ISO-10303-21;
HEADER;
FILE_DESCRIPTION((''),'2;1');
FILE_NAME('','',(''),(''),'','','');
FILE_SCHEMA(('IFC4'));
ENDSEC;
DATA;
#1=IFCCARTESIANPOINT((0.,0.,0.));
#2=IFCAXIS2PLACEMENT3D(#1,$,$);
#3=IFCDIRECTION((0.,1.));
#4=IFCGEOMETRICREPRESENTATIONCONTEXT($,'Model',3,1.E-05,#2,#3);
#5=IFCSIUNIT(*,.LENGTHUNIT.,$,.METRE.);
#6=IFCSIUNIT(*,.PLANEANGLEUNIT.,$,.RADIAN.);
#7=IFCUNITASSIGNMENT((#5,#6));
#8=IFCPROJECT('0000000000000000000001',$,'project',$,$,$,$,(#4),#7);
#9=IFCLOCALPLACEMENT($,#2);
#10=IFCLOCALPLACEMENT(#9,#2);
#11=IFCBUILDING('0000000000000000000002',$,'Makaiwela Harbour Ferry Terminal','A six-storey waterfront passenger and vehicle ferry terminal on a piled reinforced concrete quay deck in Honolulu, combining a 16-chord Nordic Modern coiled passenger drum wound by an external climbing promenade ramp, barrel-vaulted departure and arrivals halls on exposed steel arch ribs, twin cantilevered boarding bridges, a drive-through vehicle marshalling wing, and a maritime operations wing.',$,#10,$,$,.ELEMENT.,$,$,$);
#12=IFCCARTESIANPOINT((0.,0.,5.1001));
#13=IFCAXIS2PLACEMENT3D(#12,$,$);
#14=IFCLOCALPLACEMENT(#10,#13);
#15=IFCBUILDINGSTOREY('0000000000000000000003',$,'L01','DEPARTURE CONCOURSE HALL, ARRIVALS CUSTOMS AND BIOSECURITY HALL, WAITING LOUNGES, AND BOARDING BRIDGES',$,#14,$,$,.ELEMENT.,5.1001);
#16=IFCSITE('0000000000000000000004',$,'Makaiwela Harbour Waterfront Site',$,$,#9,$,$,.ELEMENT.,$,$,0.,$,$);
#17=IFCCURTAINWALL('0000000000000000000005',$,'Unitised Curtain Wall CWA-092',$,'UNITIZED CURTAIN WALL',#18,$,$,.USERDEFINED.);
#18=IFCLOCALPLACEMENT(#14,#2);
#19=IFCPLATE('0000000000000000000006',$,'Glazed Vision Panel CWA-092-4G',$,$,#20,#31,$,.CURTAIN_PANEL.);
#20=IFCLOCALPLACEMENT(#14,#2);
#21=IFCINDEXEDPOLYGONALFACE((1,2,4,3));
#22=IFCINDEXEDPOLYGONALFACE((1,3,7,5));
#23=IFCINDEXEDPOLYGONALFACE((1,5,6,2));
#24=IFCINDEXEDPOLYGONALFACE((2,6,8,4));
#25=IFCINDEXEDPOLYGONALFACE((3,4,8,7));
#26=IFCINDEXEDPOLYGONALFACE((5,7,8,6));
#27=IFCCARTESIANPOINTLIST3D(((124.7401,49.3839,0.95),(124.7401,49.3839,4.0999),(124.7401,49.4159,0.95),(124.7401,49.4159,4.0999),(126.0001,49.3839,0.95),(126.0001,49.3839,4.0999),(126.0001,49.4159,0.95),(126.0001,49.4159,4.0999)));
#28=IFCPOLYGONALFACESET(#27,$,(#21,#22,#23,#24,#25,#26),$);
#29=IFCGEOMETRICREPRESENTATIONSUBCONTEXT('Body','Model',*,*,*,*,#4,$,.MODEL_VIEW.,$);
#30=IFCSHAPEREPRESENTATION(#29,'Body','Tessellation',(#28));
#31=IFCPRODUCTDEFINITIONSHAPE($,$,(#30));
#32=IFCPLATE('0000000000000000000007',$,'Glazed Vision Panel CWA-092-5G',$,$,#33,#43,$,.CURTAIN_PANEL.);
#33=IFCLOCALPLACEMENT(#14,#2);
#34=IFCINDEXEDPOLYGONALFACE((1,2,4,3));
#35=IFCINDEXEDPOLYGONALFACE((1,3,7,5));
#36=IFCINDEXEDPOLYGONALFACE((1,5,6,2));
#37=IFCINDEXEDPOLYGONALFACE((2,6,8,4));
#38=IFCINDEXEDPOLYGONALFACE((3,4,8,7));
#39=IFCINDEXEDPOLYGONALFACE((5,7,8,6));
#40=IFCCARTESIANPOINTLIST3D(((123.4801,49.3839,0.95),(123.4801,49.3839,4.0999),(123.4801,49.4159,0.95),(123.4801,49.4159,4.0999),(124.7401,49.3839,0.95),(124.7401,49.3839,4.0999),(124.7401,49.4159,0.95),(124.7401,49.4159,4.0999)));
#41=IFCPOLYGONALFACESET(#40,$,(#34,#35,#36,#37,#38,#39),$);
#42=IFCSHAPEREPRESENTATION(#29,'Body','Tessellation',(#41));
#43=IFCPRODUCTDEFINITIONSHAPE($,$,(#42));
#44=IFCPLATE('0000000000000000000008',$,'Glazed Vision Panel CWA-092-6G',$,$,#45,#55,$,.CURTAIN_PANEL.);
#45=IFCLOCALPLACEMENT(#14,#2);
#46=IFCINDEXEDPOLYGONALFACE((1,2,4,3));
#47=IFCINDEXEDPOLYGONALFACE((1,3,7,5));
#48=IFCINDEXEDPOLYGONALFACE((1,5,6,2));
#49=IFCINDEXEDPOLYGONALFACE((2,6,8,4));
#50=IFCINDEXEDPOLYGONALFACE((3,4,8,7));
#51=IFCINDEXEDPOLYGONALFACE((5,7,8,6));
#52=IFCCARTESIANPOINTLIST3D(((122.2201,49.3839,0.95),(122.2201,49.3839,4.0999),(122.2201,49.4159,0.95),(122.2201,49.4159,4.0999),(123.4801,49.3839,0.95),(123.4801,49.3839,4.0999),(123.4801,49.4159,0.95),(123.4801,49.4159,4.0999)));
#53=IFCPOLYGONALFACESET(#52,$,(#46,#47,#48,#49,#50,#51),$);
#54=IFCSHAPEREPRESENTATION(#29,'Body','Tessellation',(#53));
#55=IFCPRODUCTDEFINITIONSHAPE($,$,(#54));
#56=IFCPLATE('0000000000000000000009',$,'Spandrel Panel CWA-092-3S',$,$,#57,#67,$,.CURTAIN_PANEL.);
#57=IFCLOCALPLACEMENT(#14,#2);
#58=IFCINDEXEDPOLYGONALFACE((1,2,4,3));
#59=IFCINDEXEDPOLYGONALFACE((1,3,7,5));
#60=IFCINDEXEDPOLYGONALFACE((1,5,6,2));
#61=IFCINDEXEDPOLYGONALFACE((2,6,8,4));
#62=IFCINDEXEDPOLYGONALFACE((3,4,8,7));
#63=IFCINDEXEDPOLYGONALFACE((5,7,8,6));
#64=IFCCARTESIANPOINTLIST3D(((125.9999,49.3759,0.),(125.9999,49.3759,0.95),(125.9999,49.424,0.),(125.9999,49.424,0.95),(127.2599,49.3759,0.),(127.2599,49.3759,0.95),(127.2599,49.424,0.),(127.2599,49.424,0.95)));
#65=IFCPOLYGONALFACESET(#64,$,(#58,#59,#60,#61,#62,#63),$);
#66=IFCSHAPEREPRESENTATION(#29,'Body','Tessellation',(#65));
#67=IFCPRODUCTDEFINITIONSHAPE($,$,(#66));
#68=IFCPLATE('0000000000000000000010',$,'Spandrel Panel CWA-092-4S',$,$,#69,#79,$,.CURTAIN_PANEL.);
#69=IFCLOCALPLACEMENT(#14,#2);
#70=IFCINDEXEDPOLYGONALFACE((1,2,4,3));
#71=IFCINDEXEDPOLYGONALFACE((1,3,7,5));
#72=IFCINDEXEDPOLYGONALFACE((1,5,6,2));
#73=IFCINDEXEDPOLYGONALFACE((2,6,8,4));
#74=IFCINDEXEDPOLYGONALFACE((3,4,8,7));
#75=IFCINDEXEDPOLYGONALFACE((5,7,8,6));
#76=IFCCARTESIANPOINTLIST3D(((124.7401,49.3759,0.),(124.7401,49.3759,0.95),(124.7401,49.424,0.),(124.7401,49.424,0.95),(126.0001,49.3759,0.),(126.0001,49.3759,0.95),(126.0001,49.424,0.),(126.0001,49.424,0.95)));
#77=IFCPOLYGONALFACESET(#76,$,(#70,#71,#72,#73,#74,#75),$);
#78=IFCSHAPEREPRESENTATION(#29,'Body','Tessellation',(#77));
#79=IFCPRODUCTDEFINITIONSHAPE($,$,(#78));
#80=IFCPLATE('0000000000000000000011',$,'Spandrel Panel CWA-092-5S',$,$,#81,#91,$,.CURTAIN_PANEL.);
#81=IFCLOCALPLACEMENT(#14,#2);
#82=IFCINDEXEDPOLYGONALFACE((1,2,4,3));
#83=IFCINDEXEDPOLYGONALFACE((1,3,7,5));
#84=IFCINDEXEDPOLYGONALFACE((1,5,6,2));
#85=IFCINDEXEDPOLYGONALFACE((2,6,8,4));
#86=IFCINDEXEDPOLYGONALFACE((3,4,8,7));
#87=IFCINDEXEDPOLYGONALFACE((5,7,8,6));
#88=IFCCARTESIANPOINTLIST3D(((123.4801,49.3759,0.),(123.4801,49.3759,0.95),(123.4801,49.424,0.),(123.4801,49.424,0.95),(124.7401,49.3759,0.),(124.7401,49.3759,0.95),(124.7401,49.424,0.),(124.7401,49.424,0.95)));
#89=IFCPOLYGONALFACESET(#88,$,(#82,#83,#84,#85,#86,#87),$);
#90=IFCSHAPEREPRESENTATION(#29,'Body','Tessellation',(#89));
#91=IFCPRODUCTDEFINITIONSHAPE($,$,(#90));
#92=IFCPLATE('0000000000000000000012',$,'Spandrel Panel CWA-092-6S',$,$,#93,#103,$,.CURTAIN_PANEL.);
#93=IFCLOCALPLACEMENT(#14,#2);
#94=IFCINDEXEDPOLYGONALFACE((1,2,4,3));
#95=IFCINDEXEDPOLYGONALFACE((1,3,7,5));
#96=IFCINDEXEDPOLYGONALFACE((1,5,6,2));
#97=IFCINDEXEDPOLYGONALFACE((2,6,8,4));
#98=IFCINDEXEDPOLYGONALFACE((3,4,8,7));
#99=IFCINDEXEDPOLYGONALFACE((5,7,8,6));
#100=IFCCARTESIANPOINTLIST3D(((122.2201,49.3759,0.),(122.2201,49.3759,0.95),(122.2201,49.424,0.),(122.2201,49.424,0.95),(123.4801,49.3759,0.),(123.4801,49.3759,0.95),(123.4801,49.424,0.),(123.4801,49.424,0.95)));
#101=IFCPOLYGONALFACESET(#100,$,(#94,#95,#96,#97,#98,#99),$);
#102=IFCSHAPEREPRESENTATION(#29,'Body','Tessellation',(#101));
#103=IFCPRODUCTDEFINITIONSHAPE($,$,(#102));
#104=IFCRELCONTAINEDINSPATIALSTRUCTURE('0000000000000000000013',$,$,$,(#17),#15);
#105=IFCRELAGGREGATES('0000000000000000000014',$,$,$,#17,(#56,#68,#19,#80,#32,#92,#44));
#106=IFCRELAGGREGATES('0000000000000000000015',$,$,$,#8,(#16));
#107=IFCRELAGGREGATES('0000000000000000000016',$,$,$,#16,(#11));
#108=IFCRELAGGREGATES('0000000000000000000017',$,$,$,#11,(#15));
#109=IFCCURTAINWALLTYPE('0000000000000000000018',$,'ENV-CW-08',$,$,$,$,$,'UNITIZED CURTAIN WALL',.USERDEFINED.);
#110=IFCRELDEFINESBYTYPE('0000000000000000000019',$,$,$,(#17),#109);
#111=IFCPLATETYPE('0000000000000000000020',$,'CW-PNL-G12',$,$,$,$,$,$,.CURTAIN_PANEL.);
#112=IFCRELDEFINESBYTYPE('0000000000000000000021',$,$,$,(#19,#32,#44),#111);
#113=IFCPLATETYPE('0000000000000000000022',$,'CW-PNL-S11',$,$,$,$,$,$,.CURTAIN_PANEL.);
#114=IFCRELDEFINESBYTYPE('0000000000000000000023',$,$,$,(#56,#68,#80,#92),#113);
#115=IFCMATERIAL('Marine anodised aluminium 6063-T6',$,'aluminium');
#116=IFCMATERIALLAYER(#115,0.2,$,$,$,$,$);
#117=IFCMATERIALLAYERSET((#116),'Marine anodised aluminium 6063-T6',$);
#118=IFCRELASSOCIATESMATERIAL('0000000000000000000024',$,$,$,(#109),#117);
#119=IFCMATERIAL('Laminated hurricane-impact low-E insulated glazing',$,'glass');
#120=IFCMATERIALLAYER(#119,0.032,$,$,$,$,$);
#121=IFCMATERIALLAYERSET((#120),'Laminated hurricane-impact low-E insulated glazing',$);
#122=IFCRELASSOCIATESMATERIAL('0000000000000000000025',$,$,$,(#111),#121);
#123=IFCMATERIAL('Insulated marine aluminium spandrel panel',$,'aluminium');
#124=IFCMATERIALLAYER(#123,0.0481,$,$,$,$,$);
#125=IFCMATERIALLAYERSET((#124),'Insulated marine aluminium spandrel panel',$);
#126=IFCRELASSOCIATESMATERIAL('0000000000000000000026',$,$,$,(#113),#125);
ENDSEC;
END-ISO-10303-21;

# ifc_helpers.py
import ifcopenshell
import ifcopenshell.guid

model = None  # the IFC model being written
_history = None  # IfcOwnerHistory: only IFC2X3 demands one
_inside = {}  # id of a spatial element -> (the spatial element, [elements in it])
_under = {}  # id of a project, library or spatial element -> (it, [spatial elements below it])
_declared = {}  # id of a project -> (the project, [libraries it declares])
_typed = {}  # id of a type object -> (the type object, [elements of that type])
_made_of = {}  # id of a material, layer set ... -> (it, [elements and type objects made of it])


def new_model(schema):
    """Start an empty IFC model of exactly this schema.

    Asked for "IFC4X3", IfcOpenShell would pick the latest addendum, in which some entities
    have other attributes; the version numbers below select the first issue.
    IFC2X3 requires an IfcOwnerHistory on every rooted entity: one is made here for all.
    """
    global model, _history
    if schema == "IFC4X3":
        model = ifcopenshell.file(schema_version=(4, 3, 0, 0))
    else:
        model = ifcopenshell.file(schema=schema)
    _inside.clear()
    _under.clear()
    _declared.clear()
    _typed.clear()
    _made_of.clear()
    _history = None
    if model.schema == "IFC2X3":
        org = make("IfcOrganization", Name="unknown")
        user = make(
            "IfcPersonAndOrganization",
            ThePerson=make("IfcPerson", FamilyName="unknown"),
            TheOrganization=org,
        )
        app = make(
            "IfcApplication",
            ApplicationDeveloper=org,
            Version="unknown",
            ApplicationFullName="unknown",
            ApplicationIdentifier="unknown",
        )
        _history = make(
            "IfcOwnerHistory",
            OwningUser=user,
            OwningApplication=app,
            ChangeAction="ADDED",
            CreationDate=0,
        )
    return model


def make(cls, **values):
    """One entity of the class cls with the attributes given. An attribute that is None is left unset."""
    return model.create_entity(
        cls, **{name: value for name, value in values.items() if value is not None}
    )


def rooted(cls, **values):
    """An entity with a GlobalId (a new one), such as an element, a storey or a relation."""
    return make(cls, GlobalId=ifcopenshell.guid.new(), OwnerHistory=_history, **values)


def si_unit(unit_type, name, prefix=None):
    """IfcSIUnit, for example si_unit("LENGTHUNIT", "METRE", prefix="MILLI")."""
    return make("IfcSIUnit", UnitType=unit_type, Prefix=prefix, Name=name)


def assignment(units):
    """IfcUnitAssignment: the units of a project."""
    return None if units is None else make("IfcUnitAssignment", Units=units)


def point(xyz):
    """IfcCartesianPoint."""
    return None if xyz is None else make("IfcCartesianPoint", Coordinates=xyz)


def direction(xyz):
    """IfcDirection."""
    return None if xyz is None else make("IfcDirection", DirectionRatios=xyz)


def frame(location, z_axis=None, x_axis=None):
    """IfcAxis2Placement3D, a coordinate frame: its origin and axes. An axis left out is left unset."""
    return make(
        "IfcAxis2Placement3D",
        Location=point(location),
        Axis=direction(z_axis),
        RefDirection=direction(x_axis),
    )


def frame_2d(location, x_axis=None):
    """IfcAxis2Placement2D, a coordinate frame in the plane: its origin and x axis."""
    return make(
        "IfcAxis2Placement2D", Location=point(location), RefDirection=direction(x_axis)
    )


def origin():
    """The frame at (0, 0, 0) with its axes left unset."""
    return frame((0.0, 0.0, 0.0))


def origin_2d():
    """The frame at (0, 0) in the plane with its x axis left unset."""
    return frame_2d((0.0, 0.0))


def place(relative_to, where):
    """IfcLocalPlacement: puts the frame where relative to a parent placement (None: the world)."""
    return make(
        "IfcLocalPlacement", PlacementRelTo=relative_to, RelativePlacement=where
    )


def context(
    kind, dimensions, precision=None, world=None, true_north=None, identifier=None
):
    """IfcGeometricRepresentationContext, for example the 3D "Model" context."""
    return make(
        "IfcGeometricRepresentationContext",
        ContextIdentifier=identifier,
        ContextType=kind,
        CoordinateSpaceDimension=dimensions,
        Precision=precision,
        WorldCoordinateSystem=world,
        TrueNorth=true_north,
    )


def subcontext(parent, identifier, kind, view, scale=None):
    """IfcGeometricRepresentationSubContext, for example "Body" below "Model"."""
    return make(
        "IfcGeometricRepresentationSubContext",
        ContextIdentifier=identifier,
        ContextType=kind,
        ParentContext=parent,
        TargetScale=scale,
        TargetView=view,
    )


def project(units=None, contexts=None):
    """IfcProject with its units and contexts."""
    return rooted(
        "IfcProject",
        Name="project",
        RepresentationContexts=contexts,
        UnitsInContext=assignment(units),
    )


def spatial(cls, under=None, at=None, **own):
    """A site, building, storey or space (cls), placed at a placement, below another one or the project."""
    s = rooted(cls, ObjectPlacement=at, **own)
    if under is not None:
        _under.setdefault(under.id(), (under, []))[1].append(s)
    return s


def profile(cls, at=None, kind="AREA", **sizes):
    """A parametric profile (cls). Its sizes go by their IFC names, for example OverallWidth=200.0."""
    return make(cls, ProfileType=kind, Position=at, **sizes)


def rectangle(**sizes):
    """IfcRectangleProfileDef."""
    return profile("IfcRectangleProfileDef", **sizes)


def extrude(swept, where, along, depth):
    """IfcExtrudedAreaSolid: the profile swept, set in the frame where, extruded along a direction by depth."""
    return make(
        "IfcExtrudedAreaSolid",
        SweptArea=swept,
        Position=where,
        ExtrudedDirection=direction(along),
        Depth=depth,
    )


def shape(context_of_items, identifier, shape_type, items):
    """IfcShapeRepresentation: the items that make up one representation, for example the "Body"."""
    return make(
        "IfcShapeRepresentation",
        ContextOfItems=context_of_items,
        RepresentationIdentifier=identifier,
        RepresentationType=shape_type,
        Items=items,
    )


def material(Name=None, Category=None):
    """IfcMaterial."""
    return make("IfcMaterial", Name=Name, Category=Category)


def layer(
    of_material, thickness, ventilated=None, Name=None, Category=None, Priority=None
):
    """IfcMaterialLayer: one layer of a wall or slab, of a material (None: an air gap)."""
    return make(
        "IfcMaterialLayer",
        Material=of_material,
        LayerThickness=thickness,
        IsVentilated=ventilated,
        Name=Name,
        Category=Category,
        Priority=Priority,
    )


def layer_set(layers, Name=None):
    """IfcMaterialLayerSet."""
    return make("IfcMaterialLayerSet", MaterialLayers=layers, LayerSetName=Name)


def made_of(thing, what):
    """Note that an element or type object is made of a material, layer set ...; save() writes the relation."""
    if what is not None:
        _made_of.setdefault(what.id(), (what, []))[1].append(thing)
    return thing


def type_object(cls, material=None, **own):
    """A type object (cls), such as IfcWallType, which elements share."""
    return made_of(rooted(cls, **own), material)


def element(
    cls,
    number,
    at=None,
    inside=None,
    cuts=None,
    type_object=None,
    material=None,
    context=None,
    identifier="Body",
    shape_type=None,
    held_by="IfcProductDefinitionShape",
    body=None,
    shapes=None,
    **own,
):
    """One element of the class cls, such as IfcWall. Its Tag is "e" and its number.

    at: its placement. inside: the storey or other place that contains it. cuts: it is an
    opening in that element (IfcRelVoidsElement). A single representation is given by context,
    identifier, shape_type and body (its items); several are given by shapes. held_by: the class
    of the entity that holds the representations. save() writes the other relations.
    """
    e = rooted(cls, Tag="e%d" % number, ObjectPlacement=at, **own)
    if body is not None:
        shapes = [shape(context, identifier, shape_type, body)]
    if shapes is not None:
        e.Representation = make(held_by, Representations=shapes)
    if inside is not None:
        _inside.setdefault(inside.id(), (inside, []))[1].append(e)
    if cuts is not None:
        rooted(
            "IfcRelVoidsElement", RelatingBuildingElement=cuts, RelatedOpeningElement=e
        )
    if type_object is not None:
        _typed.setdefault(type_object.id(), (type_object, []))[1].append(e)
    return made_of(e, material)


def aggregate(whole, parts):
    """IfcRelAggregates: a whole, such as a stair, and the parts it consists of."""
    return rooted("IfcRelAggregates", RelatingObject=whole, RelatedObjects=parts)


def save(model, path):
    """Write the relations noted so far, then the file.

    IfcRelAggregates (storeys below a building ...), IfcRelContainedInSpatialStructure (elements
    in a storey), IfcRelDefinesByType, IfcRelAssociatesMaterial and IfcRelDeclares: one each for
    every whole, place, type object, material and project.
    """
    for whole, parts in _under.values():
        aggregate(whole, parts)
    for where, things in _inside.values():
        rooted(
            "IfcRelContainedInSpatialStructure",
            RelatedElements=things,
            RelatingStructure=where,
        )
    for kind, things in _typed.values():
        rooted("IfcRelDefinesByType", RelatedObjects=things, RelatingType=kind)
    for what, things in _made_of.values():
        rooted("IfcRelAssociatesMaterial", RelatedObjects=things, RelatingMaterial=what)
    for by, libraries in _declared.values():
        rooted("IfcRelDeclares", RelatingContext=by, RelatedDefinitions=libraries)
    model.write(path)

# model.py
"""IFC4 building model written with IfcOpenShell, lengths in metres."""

from ifc_helpers import new_model, si_unit, direction, frame, origin, origin_2d, place, context, subcontext, project, spatial, rectangle, extrude, material, layer, layer_set, type_object, element, aggregate, save


model = new_model("IFC4")

# Units and contexts
model_context = context("Model", 3, precision=1e-05, world=origin(), true_north=direction((0.0, 1.0)))
body_context = subcontext(model_context, "Body", "Model", "MODEL_VIEW")
ifc_project = project(units=[si_unit("LENGTHUNIT", "METRE"), si_unit("PLANEANGLEUNIT", "RADIAN")], contexts=[model_context])

# Site, building, storey
site_placement = place(None, origin())
site = spatial("IfcSite", under=ifc_project, at=site_placement, Name="Makaiwela Harbour Waterfront Site", CompositionType="ELEMENT", RefElevation=0.0)
building_placement = place(site_placement, origin())
building = spatial("IfcBuilding", under=site, at=building_placement, Name="Makaiwela Harbour Ferry Terminal", Description="A six-storey waterfront passenger and vehicle ferry terminal on a piled reinforced concrete quay deck in Honolulu, combining a 16-chord Nordic Modern coiled passenger drum wound by an external climbing promenade ramp, barrel-vaulted departure and arrivals halls on exposed steel arch ribs, twin cantilevered boarding bridges, a drive-through vehicle marshalling wing, and a maritime operations wing.", CompositionType="ELEMENT")
storey_placement = place(building_placement, frame((0.0, 0.0, 5.1001)))
storey = spatial("IfcBuildingStorey", under=building, at=storey_placement, Name="L01", Description="DEPARTURE CONCOURSE HALL, ARRIVALS CUSTOMS AND BIOSECURITY HALL, WAITING LOUNGES, AND BOARDING BRIDGES", CompositionType="ELEMENT", Elevation=5.1001)

# Curtain wall
ifc_material_1 = material(Name="Marine anodised aluminium 6063-T6", Category="aluminium")
ifc_layer_1 = layer(ifc_material_1, 0.2)
ifc_layer_set_1 = layer_set([ifc_layer_1], Name="Marine anodised aluminium 6063-T6")
curtain_wall_type = type_object("IfcCurtainWallType", Name="ENV-CW-08", ElementType="UNITIZED CURTAIN WALL", PredefinedType="USERDEFINED", material=ifc_layer_set_1)
curtain_wall_placement = place(storey_placement, origin())
curtain_wall = element("IfcCurtainWall", 1, at=curtain_wall_placement, inside=storey, type_object=curtain_wall_type, Name="Unitised Curtain Wall CWA-092", ObjectType="UNITIZED CURTAIN WALL", PredefinedType="USERDEFINED")

# Plates
ifc_material_2 = material(Name="Laminated hurricane-impact low-E insulated glazing", Category="glass")
ifc_layer_2 = layer(ifc_material_2, 0.032)
ifc_layer_set_2 = layer_set([ifc_layer_2], Name="Laminated hurricane-impact low-E insulated glazing")
plate_type_1 = type_object("IfcPlateType", Name="CW-PNL-G12", PredefinedType="CURTAIN_PANEL", material=ifc_layer_set_2)
plate_1_placement = place(storey_placement, frame((125.3701, 49.3999, 0.95), z_axis=(0.0, 0.0, 1.0), x_axis=(-1.0, 0.0, 0.0)))
plate_1 = element("IfcPlate", 2, at=plate_1_placement, type_object=plate_type_1, Name="Glazed Vision Panel CWA-092-4G", PredefinedType="CURTAIN_PANEL", context=body_context, shape_type="SweptSolid", body=[
    extrude(rectangle(XDim=1.26, YDim=0.032, at=origin_2d()), origin(), (0.0, 0.0, 1.0), 3.1499),
])
plate_2_placement = place(storey_placement, frame((124.1101, 49.3999, 0.95), z_axis=(0.0, 0.0, 1.0), x_axis=(-1.0, 0.0, 0.0)))
plate_2 = element("IfcPlate", 3, at=plate_2_placement, type_object=plate_type_1, Name="Glazed Vision Panel CWA-092-5G", PredefinedType="CURTAIN_PANEL", context=body_context, shape_type="SweptSolid", body=[
    extrude(rectangle(XDim=1.26, YDim=0.032, at=origin_2d()), origin(), (0.0, 0.0, 1.0), 3.1499),
])
plate_3_placement = place(storey_placement, frame((122.8501, 49.3999, 0.95), z_axis=(0.0, 0.0, 1.0), x_axis=(-1.0, 0.0, 0.0)))
plate_3 = element("IfcPlate", 4, at=plate_3_placement, type_object=plate_type_1, Name="Glazed Vision Panel CWA-092-6G", PredefinedType="CURTAIN_PANEL", context=body_context, shape_type="SweptSolid", body=[
    extrude(rectangle(XDim=1.26, YDim=0.032, at=origin_2d()), origin(), (0.0, 0.0, 1.0), 3.1499),
])
ifc_material_3 = material(Name="Insulated marine aluminium spandrel panel", Category="aluminium")
ifc_layer_3 = layer(ifc_material_3, 0.0481)
ifc_layer_set_3 = layer_set([ifc_layer_3], Name="Insulated marine aluminium spandrel panel")
plate_type_2 = type_object("IfcPlateType", Name="CW-PNL-S11", PredefinedType="CURTAIN_PANEL", material=ifc_layer_set_3)
plate_4_placement = place(storey_placement, frame((126.6299, 49.3999, 0.0), z_axis=(0.0, 0.0, 1.0), x_axis=(-1.0, 0.0, 0.0)))
plate_4 = element("IfcPlate", 5, at=plate_4_placement, type_object=plate_type_2, Name="Spandrel Panel CWA-092-3S", PredefinedType="CURTAIN_PANEL", context=body_context, shape_type="SweptSolid", body=[
    extrude(rectangle(XDim=1.26, YDim=0.0481, at=origin_2d()), origin(), (0.0, 0.0, 1.0), 0.95),
])
plate_5_placement = place(storey_placement, frame((125.3701, 49.3999, 0.0), z_axis=(0.0, 0.0, 1.0), x_axis=(-1.0, 0.0, 0.0)))
plate_5 = element("IfcPlate", 6, at=plate_5_placement, type_object=plate_type_2, Name="Spandrel Panel CWA-092-4S", PredefinedType="CURTAIN_PANEL", context=body_context, shape_type="SweptSolid", body=[
    extrude(rectangle(XDim=1.26, YDim=0.0481, at=origin_2d()), origin(), (0.0, 0.0, 1.0), 0.95),
])
plate_6_placement = place(storey_placement, frame((124.1101, 49.3999, 0.0), z_axis=(0.0, 0.0, 1.0), x_axis=(-1.0, 0.0, 0.0)))
plate_6 = element("IfcPlate", 7, at=plate_6_placement, type_object=plate_type_2, Name="Spandrel Panel CWA-092-5S", PredefinedType="CURTAIN_PANEL", context=body_context, shape_type="SweptSolid", body=[
    extrude(rectangle(XDim=1.26, YDim=0.0481, at=origin_2d()), origin(), (0.0, 0.0, 1.0), 0.95),
])
plate_7_placement = place(storey_placement, frame((122.8501, 49.3999, 0.0), z_axis=(0.0, 0.0, 1.0), x_axis=(-1.0, 0.0, 0.0)))
plate_7 = element("IfcPlate", 8, at=plate_7_placement, type_object=plate_type_2, Name="Spandrel Panel CWA-092-6S", PredefinedType="CURTAIN_PANEL", context=body_context, shape_type="SweptSolid", body=[
    extrude(rectangle(XDim=1.26, YDim=0.0481, at=origin_2d()), origin(), (0.0, 0.0, 1.0), 0.95),
])
aggregate(curtain_wall, [plate_4, plate_5, plate_1, plate_6, plate_2, plate_7, plate_3])

save(model, "model.ifc")
